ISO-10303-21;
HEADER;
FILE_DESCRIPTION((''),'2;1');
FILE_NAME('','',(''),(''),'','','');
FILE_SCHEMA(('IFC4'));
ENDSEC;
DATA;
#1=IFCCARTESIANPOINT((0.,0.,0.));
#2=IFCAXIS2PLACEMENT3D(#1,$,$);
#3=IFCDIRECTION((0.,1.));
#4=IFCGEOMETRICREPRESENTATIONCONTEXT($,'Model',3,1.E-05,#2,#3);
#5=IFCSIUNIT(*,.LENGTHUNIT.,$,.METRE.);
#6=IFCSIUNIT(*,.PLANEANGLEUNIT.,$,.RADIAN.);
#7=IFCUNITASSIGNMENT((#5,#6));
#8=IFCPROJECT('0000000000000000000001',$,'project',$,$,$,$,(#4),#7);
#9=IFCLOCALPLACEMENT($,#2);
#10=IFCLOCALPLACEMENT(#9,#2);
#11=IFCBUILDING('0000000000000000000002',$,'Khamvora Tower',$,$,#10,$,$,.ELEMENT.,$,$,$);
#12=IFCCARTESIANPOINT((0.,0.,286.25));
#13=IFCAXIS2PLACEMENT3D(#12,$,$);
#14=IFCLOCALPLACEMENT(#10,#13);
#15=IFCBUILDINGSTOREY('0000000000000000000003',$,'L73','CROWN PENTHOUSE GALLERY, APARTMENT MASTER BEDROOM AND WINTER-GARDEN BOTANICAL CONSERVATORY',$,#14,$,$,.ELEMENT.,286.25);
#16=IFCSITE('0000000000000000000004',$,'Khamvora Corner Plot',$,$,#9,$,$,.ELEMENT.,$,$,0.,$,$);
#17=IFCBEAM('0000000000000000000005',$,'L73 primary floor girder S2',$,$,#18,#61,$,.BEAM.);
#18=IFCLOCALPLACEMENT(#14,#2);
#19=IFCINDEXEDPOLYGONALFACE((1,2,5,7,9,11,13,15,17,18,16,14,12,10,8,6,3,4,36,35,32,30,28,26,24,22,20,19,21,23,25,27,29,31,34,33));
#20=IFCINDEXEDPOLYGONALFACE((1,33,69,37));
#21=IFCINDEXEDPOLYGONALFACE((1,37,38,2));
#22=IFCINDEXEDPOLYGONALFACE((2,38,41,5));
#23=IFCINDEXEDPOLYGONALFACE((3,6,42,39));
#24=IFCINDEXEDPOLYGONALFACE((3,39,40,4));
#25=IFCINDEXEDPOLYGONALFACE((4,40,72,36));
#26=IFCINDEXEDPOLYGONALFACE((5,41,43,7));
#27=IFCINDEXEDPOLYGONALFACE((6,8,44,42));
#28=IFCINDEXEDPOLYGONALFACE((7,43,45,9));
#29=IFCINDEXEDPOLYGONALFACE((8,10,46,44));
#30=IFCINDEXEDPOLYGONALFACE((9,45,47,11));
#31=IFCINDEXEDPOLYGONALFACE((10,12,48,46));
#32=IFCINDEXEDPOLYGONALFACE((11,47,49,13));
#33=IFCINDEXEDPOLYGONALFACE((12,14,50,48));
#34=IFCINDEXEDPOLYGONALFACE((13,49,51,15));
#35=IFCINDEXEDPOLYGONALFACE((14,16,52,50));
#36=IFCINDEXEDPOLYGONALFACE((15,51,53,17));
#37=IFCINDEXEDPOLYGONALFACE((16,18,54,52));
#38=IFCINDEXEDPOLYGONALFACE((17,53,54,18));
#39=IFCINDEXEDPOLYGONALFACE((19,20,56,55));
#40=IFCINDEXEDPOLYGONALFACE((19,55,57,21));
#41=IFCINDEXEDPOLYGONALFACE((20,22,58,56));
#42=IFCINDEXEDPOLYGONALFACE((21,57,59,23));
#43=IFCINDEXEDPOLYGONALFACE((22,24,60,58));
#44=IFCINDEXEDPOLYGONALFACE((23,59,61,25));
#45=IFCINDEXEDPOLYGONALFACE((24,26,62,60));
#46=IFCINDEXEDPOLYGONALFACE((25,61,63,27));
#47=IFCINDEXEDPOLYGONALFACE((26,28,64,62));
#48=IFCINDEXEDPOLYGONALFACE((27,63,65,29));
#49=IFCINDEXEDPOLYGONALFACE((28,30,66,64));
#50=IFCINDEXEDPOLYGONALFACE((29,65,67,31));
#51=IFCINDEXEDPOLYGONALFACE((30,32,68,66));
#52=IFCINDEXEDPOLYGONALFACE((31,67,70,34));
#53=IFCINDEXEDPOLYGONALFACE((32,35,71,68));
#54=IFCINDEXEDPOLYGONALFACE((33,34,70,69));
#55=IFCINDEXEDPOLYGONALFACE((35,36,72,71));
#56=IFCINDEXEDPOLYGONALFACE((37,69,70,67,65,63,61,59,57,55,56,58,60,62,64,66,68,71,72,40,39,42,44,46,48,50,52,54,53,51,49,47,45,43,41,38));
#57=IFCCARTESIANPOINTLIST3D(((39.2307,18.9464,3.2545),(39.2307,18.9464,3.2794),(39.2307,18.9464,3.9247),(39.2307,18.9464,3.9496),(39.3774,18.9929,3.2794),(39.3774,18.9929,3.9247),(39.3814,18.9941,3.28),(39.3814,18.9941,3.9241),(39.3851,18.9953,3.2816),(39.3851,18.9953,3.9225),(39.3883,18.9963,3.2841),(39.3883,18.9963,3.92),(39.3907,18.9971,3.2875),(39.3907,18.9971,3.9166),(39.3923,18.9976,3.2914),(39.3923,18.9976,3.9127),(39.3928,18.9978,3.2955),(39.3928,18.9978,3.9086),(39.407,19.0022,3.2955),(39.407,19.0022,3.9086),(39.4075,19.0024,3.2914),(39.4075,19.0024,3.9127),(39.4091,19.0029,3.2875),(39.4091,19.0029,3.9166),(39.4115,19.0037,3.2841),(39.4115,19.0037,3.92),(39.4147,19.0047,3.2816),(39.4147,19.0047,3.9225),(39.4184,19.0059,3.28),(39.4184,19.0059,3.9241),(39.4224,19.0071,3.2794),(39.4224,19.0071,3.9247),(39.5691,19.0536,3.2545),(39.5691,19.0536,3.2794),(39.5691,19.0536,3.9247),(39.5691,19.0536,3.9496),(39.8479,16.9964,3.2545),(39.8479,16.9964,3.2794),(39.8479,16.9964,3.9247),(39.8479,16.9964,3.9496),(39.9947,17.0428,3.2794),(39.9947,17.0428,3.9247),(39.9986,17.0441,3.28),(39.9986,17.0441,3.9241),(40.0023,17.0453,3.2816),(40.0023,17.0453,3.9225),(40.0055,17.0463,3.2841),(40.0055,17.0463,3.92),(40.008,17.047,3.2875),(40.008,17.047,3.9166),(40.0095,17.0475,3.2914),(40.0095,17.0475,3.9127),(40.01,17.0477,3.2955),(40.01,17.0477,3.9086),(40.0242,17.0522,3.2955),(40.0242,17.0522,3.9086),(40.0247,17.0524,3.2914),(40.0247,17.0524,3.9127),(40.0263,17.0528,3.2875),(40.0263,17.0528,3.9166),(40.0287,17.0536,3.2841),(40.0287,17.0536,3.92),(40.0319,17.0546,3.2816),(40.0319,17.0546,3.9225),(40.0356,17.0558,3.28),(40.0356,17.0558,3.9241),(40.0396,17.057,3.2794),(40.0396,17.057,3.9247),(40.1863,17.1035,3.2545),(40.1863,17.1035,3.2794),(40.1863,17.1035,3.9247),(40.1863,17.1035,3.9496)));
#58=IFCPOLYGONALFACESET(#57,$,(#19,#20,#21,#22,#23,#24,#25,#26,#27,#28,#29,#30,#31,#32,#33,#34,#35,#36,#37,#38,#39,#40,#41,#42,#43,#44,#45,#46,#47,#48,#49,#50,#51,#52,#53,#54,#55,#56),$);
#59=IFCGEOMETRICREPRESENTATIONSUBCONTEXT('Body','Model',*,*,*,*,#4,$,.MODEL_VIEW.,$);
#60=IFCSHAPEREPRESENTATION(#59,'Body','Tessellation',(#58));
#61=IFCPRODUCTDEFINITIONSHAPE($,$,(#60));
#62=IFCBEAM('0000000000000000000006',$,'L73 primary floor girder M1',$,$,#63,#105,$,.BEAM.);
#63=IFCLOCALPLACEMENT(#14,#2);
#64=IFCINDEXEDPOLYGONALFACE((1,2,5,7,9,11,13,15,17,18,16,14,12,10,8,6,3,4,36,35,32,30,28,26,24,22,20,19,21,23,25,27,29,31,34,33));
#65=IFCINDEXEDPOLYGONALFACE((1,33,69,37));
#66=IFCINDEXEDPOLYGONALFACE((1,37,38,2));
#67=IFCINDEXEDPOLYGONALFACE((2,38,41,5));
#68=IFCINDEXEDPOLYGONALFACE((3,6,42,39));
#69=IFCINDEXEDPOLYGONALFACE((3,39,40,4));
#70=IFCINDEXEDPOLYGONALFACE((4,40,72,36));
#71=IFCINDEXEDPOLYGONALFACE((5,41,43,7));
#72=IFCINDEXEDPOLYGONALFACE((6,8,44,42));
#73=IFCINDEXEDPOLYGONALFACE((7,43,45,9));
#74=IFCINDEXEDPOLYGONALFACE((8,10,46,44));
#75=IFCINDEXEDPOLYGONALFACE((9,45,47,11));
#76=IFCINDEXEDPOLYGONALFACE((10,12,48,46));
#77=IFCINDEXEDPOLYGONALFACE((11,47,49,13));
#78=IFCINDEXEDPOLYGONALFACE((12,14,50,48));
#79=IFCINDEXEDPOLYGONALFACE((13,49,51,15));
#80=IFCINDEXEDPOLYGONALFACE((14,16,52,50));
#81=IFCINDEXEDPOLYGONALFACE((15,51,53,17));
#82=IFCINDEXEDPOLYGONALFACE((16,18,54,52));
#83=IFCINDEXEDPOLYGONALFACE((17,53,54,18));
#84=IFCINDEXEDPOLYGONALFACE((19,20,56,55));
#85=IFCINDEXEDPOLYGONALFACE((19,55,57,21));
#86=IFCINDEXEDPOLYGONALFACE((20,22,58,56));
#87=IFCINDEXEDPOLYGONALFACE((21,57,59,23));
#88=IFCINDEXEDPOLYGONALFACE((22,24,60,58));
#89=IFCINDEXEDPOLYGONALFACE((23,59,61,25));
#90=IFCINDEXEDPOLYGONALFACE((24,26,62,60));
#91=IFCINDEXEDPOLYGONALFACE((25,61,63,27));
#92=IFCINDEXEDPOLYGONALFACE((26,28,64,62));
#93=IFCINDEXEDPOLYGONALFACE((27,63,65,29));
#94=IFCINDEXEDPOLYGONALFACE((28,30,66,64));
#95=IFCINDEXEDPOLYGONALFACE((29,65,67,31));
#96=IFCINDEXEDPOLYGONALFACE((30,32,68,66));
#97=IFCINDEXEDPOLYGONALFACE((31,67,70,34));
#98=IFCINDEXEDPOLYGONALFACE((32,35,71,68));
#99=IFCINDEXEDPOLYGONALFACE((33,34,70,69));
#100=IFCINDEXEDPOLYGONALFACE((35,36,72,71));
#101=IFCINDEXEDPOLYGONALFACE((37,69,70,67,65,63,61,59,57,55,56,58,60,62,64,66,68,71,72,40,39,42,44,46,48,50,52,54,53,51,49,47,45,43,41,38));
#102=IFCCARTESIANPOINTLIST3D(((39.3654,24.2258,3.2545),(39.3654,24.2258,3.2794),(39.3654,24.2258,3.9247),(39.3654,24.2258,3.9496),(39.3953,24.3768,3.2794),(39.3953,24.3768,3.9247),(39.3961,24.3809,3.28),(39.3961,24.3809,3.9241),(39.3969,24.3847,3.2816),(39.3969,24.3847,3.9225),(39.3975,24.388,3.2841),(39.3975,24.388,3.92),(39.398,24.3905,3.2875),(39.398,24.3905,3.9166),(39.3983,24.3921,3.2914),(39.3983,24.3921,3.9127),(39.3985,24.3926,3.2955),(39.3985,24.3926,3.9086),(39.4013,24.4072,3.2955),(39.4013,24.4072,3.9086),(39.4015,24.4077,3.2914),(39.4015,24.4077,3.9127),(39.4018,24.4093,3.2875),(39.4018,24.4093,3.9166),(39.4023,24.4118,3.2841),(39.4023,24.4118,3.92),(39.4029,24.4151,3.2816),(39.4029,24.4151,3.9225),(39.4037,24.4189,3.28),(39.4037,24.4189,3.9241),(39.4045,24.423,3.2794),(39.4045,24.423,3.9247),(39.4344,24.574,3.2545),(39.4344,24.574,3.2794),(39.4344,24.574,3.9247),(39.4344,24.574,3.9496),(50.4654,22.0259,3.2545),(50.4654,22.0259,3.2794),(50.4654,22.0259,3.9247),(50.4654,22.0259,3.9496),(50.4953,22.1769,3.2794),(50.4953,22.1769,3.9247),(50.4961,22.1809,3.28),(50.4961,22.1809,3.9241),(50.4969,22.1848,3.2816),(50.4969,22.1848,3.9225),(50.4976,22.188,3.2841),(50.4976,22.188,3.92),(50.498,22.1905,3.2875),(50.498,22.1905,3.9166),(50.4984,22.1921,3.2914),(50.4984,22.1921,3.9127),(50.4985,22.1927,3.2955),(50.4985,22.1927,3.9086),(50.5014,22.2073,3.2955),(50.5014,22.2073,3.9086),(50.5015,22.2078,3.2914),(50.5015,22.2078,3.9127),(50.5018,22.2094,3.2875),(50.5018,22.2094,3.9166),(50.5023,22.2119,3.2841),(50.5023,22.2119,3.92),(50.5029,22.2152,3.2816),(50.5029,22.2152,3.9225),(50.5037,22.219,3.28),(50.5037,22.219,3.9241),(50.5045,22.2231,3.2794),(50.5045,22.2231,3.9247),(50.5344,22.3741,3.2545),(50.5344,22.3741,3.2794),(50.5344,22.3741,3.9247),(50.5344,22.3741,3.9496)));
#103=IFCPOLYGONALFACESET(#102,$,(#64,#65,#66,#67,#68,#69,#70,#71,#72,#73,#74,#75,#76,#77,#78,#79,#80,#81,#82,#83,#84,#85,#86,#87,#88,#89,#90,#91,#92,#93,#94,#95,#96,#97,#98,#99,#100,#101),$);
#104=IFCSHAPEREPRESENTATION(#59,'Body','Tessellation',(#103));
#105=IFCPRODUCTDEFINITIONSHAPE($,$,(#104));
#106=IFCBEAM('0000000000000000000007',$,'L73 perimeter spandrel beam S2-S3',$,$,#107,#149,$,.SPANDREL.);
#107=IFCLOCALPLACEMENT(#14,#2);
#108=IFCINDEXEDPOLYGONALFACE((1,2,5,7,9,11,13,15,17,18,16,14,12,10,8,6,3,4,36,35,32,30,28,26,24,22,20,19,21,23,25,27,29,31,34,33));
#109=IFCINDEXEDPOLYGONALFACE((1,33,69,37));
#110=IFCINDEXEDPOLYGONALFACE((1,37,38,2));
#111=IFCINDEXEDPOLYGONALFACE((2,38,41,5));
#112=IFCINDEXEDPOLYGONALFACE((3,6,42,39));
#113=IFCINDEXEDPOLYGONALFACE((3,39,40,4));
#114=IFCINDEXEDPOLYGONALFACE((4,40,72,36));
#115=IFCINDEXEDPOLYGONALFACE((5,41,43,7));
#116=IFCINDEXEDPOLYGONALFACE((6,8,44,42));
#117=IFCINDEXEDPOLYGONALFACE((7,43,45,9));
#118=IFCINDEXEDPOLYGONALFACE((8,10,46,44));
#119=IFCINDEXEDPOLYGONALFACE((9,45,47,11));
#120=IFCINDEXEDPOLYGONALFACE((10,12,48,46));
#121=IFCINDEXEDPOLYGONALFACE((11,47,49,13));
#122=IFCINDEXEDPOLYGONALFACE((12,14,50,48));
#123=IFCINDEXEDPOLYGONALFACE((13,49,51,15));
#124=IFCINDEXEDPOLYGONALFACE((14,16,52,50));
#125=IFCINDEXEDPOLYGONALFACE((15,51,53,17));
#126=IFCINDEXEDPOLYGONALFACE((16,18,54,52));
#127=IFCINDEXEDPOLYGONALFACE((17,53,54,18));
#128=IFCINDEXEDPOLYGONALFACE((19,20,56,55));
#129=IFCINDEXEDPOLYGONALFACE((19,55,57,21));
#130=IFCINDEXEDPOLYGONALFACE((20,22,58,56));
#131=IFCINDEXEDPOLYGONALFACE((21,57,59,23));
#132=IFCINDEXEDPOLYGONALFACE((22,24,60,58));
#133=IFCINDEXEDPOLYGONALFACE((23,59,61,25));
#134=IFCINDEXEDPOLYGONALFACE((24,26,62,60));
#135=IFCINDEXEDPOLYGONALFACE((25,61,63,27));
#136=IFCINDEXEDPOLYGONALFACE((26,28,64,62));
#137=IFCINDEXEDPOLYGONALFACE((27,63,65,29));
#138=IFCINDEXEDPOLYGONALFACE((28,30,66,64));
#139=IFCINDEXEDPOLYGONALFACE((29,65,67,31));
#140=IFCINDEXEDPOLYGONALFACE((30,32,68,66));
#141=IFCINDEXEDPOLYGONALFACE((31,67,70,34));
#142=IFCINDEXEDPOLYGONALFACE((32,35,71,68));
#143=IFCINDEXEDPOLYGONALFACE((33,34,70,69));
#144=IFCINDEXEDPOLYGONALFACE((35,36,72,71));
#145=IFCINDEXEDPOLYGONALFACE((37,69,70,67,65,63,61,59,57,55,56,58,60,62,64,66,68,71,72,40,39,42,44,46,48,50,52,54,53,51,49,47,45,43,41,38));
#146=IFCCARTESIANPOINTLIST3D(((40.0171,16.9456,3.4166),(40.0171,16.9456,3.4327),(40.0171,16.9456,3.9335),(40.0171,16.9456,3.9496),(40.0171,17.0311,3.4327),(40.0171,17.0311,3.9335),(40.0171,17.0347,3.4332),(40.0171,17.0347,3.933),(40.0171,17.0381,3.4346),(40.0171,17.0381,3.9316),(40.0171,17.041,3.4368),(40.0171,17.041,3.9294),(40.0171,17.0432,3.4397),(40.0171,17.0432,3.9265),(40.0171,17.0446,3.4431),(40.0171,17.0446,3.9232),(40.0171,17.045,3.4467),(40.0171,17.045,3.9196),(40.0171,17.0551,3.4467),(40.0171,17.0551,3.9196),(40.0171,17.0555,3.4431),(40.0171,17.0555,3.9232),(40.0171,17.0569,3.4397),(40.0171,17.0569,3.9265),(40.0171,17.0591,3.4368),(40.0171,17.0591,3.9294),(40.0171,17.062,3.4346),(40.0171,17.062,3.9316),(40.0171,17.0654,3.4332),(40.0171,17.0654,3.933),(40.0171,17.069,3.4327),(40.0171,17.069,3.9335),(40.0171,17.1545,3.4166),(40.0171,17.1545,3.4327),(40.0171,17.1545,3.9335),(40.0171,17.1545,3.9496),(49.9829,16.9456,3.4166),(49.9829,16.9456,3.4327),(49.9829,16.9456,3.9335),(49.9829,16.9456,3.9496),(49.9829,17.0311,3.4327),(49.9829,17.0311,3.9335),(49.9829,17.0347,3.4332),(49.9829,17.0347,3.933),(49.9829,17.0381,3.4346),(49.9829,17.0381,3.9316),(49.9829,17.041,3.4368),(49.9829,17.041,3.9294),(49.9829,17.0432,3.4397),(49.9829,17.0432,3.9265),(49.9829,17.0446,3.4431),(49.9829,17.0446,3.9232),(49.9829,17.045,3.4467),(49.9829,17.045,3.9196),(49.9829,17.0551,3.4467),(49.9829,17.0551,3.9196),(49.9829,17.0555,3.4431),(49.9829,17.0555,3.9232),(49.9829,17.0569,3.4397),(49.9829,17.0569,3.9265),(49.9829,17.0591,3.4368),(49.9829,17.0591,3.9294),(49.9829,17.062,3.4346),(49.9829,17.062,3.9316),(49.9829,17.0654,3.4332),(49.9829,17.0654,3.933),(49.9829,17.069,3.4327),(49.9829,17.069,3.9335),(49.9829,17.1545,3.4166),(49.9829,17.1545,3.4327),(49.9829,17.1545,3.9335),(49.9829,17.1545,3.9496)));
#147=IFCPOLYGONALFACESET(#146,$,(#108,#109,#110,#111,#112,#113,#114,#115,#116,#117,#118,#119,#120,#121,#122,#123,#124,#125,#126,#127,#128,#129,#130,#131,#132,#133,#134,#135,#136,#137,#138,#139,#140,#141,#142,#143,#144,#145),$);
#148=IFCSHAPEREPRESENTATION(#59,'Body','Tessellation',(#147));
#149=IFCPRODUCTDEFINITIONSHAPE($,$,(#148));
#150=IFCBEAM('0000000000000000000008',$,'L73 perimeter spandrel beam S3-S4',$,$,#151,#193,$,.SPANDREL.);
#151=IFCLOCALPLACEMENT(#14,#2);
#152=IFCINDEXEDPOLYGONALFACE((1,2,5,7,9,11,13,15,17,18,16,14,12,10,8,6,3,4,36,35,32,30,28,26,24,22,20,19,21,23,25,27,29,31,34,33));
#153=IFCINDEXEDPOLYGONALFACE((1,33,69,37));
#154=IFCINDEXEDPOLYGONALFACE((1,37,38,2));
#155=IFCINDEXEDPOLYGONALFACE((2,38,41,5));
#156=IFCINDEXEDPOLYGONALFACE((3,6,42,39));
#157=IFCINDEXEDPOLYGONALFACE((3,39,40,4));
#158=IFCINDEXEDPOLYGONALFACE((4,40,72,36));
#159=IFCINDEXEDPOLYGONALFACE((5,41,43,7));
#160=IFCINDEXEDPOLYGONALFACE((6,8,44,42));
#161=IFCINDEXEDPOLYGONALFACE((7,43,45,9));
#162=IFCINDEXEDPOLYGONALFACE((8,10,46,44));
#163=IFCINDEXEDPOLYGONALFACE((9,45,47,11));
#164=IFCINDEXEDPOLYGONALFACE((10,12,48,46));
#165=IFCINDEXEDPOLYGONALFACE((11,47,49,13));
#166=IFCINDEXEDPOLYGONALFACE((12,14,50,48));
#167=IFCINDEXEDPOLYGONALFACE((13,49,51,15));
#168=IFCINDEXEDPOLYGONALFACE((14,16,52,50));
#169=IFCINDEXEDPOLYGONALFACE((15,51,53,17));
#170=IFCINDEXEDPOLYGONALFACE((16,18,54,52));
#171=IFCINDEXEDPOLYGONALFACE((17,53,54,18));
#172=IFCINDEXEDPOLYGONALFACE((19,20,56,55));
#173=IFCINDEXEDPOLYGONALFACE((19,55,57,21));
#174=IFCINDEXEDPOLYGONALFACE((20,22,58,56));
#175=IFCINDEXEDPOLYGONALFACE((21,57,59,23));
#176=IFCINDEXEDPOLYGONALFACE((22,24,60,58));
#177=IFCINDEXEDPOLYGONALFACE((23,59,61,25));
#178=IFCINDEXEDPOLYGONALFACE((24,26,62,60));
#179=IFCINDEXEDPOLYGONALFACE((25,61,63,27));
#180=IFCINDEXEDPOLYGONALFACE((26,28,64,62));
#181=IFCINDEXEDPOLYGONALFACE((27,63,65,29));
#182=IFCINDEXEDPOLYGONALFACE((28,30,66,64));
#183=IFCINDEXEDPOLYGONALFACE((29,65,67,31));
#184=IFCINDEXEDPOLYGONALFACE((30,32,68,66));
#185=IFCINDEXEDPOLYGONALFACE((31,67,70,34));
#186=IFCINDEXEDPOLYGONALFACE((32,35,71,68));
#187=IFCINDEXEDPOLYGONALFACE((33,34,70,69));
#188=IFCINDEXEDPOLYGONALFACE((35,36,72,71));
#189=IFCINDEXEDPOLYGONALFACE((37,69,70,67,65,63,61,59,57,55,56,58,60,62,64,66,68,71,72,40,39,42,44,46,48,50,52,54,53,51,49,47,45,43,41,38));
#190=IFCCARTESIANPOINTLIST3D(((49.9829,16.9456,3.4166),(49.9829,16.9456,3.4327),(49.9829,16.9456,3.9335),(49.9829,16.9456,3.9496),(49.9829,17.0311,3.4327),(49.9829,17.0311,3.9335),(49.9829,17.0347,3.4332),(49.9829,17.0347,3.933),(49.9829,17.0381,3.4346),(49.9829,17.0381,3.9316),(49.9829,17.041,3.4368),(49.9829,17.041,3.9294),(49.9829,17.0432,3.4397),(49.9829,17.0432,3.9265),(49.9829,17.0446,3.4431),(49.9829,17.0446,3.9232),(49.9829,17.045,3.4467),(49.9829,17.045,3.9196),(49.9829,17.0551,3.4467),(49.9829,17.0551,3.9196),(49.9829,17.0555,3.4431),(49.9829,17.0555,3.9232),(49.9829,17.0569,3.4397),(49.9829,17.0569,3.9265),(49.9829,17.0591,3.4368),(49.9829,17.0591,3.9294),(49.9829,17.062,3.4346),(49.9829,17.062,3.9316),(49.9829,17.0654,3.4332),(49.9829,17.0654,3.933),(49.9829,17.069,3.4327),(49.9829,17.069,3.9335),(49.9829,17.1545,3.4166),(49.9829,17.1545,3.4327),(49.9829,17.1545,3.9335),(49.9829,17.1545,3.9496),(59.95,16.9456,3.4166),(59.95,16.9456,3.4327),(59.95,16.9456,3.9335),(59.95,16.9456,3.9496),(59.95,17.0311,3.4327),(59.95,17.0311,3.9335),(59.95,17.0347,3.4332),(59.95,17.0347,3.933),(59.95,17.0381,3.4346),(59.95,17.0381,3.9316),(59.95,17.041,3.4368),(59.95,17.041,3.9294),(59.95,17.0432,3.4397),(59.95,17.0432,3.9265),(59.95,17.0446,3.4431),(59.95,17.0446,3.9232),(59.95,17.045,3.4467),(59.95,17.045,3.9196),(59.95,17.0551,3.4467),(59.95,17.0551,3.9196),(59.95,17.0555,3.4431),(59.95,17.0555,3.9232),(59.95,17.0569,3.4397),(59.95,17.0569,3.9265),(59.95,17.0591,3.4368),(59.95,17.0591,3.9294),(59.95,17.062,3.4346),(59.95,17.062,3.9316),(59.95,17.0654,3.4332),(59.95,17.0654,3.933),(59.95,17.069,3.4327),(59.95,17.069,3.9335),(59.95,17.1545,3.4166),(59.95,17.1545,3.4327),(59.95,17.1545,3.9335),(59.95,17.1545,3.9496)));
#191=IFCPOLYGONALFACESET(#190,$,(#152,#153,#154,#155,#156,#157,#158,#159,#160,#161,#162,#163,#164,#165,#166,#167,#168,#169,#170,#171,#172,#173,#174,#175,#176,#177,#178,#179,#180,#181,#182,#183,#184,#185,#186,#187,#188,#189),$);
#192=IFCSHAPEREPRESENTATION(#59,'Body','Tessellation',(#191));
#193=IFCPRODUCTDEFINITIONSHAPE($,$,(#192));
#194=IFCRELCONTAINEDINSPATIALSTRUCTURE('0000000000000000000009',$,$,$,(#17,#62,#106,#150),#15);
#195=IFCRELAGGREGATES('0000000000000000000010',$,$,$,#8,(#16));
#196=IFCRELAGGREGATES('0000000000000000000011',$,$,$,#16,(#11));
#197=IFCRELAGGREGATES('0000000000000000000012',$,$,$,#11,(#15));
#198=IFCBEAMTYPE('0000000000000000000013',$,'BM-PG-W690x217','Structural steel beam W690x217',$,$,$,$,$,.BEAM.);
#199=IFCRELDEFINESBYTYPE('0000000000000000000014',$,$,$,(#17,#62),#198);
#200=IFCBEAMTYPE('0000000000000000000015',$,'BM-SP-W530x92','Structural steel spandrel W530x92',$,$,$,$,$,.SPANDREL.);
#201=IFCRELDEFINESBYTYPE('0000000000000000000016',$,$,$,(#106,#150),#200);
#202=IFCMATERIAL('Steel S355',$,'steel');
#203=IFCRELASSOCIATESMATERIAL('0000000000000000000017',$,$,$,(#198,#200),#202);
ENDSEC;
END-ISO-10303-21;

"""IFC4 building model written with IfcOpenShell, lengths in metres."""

from ifc_helpers import new_model, si_unit, direction, frame, origin, origin_2d, place, context, subcontext, project, spatial, i_section, extrude, material, material_profile, profile_set, type_object, element, save


model = new_model("IFC4")

# Units and contexts
model_context = context("Model", 3, precision=1e-05, world=origin(), true_north=direction((0.0, 1.0)))
body_context = subcontext(model_context, "Body", "Model", "MODEL_VIEW")
ifc_project = project(units=[si_unit("LENGTHUNIT", "METRE"), si_unit("PLANEANGLEUNIT", "RADIAN")], contexts=[model_context])

# Site, building, storey
site_placement = place(None, origin())
site = spatial("IfcSite", under=ifc_project, at=site_placement, Name="Khamvora Corner Plot", CompositionType="ELEMENT", RefElevation=0.0)
building_placement = place(site_placement, origin())
building = spatial("IfcBuilding", under=site, at=building_placement, Name="Khamvora Tower", CompositionType="ELEMENT")
storey_placement = place(building_placement, frame((0.0, 0.0, 286.25)))
storey = spatial("IfcBuildingStorey", under=building, at=storey_placement, Name="L73", Description="CROWN PENTHOUSE GALLERY, APARTMENT MASTER BEDROOM AND WINTER-GARDEN BOTANICAL CONSERVATORY", CompositionType="ELEMENT", Elevation=286.25)

# Shared definitions
ifc_material_1 = material(Name="Steel S355", Category="steel")

# Beams
ifc_material_profile_1 = material_profile(ifc_material_1, i_section(OverallWidth=0.355, OverallDepth=0.6951, WebThickness=0.0149, FlangeThickness=0.0249, FilletRadius=0.0161, at=origin_2d()), Name="W690x217")
ifc_profile_set_1 = profile_set([ifc_material_profile_1], Name="Steel S355")
beam_type_1 = type_object("IfcBeamType", Name="BM-PG-W690x217", Description="Structural steel beam W690x217", PredefinedType="BEAM", material=ifc_profile_set_1)
beam_1_placement = place(storey_placement, frame((39.3999, 19.0, 3.6021), z_axis=(0.30176, -0.953384, 0.0), x_axis=(0.953384, 0.30176, 0.0)))
element("IfcBeam", 1, at=beam_1_placement, inside=storey, type_object=beam_type_1, Name="L73 primary floor girder S2", PredefinedType="BEAM", context=body_context, shape_type="SweptSolid", body=[
    extrude(i_section(OverallWidth=0.355, OverallDepth=0.6951, WebThickness=0.0149, FlangeThickness=0.0249, FilletRadius=0.0161, at=origin_2d()), origin(), (0.0, 0.0, 1.0), 2.0454),
])
beam_2_placement = place(storey_placement, frame((39.3999, 24.3999, 3.6021), z_axis=(0.98092, -0.194411, 0.0), x_axis=(0.194411, 0.98092, 0.0)))
element("IfcBeam", 2, at=beam_2_placement, inside=storey, type_object=beam_type_1, Name="L73 primary floor girder M1", PredefinedType="BEAM", context=body_context, shape_type="SweptSolid", body=[
    extrude(i_section(OverallWidth=0.355, OverallDepth=0.6951, WebThickness=0.0149, FlangeThickness=0.0249, FilletRadius=0.0161, at=origin_2d()), origin(), (0.0, 0.0, 1.0), 11.3159),
])
ifc_material_profile_2 = material_profile(ifc_material_1, i_section(OverallWidth=0.209, OverallDepth=0.533, WebThickness=0.01, FlangeThickness=0.0161, FilletRadius=0.0139, at=origin_2d()), Name="W530x92")
ifc_profile_set_2 = profile_set([ifc_material_profile_2], Name="Steel S355")
beam_type_2 = type_object("IfcBeamType", Name="BM-SP-W530x92", Description="Structural steel spandrel W530x92", PredefinedType="SPANDREL", material=ifc_profile_set_2)
beam_3_placement = place(storey_placement, frame((40.0171, 17.05, 3.6831), z_axis=(1.0, 0.0, 0.0), x_axis=(0.0, 1.0, 0.0)))
element("IfcBeam", 3, at=beam_3_placement, inside=storey, type_object=beam_type_2, Name="L73 perimeter spandrel beam S2-S3", PredefinedType="SPANDREL", context=body_context, shape_type="SweptSolid", body=[
    extrude(i_section(OverallWidth=0.209, OverallDepth=0.533, WebThickness=0.01, FlangeThickness=0.0161, FilletRadius=0.0139, at=origin_2d()), origin(), (0.0, 0.0, 1.0), 9.9658),
])
beam_4_placement = place(storey_placement, frame((49.9829, 17.05, 3.6831), z_axis=(1.0, 0.0, 0.0), x_axis=(0.0, 1.0, 0.0)))
element("IfcBeam", 4, at=beam_4_placement, inside=storey, type_object=beam_type_2, Name="L73 perimeter spandrel beam S3-S4", PredefinedType="SPANDREL", context=body_context, shape_type="SweptSolid", body=[
    extrude(i_section(OverallWidth=0.209, OverallDepth=0.533, WebThickness=0.01, FlangeThickness=0.0161, FilletRadius=0.0139, at=origin_2d()), origin(), (0.0, 0.0, 1.0), 9.967),
])

save(model, "model.ifc")
